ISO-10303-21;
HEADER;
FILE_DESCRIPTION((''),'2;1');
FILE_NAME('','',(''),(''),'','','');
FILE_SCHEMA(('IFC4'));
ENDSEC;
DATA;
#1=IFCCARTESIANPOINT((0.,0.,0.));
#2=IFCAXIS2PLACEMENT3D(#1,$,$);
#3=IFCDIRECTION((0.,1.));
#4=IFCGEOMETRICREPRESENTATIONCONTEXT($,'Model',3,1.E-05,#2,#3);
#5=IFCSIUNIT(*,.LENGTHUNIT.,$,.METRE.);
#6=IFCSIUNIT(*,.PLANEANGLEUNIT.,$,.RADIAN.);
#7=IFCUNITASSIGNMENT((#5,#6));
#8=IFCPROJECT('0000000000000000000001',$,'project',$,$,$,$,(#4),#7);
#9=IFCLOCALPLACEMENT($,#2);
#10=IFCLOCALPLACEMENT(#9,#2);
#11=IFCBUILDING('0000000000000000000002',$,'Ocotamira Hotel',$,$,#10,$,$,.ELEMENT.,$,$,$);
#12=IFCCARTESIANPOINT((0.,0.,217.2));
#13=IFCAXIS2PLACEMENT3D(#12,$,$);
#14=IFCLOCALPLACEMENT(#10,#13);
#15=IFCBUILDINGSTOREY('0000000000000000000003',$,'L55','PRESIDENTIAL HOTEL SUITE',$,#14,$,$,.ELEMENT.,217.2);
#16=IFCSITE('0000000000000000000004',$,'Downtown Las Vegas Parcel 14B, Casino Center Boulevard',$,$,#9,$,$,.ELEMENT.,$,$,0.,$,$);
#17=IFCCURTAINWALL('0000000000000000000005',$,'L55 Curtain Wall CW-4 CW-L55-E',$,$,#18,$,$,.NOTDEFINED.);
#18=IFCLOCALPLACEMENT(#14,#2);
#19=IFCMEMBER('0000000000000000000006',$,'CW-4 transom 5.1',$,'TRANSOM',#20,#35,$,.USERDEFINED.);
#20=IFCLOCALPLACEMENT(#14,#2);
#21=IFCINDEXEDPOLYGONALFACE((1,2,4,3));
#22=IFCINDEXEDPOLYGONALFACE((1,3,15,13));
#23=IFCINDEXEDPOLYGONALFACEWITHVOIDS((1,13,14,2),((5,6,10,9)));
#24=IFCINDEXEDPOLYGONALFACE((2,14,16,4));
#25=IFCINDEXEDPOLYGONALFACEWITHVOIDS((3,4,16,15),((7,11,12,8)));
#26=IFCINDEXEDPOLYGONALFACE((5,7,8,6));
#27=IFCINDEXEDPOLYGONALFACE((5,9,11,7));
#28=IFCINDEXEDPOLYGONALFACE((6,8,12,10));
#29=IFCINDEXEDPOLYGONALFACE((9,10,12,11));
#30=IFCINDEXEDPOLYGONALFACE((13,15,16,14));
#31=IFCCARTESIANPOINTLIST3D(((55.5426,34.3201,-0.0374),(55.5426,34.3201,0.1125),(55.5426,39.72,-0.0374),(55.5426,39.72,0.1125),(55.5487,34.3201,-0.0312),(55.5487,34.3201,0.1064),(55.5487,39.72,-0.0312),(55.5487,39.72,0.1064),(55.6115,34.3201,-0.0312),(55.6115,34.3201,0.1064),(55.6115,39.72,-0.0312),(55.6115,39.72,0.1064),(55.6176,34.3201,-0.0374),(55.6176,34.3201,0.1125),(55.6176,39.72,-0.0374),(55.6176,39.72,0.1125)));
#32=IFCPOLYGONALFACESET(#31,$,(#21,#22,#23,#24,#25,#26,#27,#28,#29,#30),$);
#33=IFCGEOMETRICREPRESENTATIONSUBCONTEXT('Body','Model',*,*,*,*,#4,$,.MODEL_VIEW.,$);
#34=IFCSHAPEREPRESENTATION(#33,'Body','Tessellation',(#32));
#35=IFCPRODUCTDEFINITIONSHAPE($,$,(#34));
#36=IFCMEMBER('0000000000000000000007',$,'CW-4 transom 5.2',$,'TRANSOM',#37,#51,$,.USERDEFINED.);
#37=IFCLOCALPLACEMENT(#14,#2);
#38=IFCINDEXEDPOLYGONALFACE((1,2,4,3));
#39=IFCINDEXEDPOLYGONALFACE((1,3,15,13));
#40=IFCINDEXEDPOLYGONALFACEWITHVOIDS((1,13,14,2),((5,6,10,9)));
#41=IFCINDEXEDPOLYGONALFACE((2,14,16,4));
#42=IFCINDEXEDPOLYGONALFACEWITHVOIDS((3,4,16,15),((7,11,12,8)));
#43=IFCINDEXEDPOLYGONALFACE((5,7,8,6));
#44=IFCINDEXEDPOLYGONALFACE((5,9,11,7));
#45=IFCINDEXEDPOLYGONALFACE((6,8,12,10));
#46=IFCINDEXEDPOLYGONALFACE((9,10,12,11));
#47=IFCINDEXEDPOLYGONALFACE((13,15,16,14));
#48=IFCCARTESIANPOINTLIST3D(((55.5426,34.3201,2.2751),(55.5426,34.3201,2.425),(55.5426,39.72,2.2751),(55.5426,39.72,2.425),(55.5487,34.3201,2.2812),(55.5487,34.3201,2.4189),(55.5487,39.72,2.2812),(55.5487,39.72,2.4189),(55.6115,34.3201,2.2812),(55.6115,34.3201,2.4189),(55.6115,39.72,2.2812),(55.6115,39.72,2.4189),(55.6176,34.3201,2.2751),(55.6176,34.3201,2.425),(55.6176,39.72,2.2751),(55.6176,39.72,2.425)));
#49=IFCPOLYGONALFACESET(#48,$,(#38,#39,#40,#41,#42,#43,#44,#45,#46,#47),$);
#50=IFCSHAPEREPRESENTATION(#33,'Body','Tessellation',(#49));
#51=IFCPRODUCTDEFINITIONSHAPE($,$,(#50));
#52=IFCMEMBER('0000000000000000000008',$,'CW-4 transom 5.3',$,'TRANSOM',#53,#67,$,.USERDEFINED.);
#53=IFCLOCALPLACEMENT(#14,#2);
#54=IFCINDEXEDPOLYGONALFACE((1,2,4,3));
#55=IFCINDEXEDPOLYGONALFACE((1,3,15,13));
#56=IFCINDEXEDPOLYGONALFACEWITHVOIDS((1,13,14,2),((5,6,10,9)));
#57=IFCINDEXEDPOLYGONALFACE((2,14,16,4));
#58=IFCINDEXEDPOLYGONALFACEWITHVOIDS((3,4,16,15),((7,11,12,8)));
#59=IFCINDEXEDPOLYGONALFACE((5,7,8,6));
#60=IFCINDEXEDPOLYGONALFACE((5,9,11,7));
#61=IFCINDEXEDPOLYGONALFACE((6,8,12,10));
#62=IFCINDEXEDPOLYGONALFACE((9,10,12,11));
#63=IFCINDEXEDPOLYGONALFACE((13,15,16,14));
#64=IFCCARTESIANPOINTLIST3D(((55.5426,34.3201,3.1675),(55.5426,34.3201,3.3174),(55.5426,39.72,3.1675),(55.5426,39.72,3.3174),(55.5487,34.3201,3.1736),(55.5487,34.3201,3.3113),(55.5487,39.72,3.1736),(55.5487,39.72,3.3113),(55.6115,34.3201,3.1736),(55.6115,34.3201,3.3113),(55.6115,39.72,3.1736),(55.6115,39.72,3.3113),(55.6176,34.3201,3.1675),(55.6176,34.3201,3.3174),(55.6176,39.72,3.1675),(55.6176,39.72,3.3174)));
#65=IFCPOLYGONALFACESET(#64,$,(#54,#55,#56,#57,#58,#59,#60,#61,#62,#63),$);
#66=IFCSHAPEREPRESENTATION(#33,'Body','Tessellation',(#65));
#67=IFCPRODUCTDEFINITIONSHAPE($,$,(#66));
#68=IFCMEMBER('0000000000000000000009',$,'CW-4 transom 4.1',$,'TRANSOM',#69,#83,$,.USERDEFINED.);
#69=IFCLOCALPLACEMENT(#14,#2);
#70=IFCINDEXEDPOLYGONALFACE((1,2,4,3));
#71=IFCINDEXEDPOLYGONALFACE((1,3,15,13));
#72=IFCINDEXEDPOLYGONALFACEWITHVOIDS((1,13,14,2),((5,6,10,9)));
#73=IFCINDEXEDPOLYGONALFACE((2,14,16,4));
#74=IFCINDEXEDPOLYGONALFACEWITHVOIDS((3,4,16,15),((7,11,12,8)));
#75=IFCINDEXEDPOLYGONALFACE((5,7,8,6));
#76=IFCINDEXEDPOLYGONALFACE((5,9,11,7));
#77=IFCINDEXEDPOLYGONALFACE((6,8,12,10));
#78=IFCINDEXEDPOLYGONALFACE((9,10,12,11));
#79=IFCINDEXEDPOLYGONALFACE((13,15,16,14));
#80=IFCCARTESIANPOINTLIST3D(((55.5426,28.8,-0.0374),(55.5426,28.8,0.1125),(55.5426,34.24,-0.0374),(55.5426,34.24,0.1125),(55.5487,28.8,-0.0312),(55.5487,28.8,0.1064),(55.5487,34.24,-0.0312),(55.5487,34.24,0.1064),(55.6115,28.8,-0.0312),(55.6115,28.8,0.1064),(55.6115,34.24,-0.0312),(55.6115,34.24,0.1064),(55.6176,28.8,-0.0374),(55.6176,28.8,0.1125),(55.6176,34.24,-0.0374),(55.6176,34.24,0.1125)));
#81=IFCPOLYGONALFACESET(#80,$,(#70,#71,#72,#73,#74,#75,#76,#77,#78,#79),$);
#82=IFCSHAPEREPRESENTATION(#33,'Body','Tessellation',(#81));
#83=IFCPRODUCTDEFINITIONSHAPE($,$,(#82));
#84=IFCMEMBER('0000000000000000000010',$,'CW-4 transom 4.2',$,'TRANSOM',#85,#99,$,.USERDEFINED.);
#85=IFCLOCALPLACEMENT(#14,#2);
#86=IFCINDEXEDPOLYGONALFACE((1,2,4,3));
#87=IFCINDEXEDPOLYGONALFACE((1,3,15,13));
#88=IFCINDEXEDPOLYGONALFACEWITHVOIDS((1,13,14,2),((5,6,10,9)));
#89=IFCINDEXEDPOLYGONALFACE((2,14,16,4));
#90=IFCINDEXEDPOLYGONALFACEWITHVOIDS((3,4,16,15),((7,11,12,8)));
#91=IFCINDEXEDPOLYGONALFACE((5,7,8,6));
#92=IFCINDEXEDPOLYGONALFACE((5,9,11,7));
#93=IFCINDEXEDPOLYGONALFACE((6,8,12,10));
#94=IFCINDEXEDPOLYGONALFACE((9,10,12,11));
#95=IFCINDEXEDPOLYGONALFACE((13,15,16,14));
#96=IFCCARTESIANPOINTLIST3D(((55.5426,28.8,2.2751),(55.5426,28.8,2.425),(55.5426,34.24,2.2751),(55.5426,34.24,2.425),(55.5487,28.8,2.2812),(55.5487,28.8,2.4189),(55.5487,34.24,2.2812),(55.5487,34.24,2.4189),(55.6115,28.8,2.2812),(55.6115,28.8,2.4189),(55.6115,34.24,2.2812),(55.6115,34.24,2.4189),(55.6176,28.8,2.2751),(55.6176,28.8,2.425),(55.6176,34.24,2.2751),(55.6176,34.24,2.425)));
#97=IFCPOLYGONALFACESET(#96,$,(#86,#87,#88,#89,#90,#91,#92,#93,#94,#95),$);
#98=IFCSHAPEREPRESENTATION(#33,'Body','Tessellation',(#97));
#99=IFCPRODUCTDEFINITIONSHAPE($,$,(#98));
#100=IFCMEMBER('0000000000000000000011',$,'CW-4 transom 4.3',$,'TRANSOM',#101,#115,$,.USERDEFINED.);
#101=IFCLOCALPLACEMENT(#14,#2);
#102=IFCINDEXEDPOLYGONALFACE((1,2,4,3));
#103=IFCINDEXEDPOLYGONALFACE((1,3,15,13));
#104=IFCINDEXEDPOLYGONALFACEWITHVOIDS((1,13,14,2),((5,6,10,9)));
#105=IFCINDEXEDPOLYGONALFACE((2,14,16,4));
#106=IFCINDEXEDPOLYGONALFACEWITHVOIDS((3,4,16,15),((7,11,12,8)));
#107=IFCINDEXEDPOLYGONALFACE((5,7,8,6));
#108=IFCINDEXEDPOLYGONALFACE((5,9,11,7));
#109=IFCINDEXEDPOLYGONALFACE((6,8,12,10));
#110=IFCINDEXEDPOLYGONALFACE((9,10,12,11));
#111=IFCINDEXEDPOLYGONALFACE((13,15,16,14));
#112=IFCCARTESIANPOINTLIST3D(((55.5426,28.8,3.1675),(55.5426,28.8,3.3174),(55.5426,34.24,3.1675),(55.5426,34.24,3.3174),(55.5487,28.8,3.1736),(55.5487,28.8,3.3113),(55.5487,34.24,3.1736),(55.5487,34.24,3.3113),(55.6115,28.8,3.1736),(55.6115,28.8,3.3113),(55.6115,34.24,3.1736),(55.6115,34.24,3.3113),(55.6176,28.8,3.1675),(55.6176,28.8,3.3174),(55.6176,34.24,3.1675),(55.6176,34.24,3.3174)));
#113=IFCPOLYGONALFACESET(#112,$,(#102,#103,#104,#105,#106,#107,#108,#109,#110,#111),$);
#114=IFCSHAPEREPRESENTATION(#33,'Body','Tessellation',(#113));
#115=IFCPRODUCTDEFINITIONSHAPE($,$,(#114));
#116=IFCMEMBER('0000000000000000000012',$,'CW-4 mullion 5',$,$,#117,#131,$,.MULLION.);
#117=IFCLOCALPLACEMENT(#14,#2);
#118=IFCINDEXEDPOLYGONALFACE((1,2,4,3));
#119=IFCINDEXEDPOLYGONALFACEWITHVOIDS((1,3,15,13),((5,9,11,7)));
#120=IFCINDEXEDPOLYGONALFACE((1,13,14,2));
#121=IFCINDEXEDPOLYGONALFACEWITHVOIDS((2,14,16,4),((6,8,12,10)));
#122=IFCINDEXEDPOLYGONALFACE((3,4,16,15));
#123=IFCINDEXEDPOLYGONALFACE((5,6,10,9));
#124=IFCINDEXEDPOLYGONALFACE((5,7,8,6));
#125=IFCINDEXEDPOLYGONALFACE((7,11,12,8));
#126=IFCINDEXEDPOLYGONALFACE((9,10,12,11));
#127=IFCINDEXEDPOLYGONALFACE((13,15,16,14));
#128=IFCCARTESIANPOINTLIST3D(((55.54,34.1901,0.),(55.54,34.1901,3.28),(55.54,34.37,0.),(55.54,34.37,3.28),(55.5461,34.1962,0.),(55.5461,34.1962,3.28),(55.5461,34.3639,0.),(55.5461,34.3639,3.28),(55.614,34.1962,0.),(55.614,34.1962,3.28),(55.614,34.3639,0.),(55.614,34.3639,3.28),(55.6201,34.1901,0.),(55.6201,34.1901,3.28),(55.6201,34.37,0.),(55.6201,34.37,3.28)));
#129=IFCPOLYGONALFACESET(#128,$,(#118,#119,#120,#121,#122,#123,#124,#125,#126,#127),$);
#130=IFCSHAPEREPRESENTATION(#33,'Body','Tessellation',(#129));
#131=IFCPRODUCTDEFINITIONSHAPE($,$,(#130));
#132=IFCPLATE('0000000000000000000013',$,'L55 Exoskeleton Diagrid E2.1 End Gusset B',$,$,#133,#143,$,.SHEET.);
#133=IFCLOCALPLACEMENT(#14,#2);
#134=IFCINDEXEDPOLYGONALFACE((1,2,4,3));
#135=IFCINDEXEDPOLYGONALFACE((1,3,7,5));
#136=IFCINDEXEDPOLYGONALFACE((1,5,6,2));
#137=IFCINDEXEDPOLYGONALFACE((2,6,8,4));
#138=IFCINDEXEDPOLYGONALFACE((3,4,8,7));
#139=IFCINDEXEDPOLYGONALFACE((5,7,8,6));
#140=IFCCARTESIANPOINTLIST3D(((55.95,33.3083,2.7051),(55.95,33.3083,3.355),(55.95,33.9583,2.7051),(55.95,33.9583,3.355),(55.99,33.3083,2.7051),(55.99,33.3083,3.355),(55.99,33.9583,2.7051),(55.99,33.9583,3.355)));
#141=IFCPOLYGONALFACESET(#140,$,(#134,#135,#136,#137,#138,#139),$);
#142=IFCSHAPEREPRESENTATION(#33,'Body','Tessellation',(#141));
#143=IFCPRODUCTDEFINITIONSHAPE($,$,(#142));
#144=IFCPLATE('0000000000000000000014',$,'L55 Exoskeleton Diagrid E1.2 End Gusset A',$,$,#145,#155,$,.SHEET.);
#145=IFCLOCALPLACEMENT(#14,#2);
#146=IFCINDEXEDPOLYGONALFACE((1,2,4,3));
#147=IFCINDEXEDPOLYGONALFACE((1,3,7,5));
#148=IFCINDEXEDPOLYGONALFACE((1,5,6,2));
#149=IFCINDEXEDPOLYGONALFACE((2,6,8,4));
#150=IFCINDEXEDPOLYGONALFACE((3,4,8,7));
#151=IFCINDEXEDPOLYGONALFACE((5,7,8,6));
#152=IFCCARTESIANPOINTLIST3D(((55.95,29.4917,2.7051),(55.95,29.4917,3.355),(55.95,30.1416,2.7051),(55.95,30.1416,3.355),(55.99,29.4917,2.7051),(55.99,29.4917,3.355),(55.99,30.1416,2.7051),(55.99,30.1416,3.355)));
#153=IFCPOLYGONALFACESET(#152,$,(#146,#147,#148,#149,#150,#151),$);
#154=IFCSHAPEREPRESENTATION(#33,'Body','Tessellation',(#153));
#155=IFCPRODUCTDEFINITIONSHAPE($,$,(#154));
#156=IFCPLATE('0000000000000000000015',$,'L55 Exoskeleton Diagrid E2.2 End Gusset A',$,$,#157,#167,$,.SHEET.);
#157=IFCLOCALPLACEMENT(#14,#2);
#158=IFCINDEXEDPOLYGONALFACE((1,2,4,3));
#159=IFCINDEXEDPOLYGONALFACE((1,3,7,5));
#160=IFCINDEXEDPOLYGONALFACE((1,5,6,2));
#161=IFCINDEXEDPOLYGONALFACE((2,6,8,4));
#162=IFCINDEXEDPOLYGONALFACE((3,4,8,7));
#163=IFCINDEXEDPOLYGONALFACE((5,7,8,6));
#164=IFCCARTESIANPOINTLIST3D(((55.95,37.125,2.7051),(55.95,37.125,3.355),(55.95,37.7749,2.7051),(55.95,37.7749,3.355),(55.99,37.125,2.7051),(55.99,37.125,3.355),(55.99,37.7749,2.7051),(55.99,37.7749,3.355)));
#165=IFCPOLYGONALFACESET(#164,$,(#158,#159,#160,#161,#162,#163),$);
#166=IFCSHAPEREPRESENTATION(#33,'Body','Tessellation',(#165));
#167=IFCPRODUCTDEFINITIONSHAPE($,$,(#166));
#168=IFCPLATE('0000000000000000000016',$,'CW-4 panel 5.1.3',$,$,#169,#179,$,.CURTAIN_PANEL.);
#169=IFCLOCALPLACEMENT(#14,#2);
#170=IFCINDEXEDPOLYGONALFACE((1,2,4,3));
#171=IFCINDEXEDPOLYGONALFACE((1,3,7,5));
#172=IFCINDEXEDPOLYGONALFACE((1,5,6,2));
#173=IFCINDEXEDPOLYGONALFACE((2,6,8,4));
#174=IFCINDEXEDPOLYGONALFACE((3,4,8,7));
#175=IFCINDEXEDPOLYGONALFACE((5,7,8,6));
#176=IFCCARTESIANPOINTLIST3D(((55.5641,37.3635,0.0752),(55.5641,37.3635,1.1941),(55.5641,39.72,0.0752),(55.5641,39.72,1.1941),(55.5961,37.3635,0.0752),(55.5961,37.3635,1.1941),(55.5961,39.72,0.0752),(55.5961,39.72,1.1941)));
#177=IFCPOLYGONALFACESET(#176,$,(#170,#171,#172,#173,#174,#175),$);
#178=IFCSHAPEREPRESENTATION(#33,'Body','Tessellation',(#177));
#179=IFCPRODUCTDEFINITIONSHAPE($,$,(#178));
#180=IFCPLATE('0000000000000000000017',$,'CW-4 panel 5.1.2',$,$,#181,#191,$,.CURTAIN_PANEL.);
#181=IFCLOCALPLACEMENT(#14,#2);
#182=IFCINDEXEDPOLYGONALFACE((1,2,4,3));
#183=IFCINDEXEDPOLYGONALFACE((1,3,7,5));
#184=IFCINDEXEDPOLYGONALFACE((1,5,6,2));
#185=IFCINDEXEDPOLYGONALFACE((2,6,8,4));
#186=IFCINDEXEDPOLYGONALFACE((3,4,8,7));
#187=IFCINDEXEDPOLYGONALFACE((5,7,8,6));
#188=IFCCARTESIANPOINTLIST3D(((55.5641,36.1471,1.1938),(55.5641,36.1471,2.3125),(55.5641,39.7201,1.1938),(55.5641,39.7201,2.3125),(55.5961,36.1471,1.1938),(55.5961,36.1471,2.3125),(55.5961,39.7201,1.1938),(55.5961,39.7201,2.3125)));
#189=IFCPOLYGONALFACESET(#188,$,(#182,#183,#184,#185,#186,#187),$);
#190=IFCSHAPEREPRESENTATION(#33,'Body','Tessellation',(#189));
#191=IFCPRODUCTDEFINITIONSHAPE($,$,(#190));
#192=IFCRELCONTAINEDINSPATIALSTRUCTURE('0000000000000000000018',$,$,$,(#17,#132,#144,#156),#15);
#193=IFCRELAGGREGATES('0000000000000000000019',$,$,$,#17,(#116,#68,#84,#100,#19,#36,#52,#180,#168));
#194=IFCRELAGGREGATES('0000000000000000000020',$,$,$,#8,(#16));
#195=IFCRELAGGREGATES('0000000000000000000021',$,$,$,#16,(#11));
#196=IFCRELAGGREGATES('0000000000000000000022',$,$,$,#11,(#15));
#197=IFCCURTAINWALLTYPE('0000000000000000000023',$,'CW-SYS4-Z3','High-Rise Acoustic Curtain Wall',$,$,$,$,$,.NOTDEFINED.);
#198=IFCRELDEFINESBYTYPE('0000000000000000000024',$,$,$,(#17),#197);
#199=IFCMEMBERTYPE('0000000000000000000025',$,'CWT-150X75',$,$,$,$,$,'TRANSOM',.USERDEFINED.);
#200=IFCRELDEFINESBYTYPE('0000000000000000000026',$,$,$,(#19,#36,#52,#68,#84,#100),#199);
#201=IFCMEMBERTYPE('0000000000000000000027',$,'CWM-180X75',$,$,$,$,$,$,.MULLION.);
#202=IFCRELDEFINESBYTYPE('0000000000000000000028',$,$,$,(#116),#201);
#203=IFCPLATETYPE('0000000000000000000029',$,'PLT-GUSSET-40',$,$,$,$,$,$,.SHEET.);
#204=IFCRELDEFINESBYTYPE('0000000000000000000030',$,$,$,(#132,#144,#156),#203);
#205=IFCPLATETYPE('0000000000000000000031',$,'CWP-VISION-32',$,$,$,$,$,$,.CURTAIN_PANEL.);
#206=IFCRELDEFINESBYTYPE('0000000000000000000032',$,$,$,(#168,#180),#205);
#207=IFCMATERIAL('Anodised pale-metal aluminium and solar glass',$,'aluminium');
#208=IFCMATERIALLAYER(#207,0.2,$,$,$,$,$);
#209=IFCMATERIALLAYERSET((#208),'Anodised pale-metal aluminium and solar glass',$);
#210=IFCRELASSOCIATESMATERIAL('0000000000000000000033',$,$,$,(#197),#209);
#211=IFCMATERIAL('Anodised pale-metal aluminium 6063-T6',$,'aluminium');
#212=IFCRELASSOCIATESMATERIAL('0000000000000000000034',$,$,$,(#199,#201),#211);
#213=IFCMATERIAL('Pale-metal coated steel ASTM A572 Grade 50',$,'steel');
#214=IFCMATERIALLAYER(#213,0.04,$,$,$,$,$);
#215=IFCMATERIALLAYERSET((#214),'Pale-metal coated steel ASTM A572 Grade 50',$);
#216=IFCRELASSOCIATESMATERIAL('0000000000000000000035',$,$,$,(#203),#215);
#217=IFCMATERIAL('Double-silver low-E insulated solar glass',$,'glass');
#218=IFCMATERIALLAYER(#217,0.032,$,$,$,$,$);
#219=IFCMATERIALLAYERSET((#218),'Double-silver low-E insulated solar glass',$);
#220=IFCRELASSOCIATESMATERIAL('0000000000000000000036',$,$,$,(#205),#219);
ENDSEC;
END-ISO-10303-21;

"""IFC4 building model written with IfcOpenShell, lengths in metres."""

from ifc_helpers import new_model, si_unit, direction, frame, origin, origin_2d, place, context, subcontext, project, spatial, rectangle, hollow_rectangle, extrude, source, transform, mapped, material, layer, layer_set, material_profile, profile_set, type_object, element, aggregate, save


model = new_model("IFC4")

# Units and contexts
model_context = context("Model", 3, precision=1e-05, world=origin(), true_north=direction((0.0, 1.0)))
body_context = subcontext(model_context, "Body", "Model", "MODEL_VIEW")
ifc_project = project(units=[si_unit("LENGTHUNIT", "METRE"), si_unit("PLANEANGLEUNIT", "RADIAN")], contexts=[model_context])

# Site, building, storey
site_placement = place(None, origin())
site = spatial("IfcSite", under=ifc_project, at=site_placement, Name="Downtown Las Vegas Parcel 14B, Casino Center Boulevard", CompositionType="ELEMENT", RefElevation=0.0)
building_placement = place(site_placement, origin())
building = spatial("IfcBuilding", under=site, at=building_placement, Name="Ocotamira Hotel", CompositionType="ELEMENT")
storey_placement = place(building_placement, frame((0.0, 0.0, 217.2)))
storey = spatial("IfcBuildingStorey", under=building, at=storey_placement, Name="L55", Description="PRESIDENTIAL HOTEL SUITE", CompositionType="ELEMENT", Elevation=217.2)

# Curtain wall, members
ifc_material_1 = material(Name="Anodised pale-metal aluminium and solar glass", Category="aluminium")
ifc_layer_1 = layer(ifc_material_1, 0.2)
ifc_layer_set_1 = layer_set([ifc_layer_1], Name="Anodised pale-metal aluminium and solar glass")
curtain_wall_type = type_object("IfcCurtainWallType", Name="CW-SYS4-Z3", Description="High-Rise Acoustic Curtain Wall", PredefinedType="NOTDEFINED", material=ifc_layer_set_1)
curtain_wall_placement = place(storey_placement, origin())
curtain_wall = element("IfcCurtainWall", 1, at=curtain_wall_placement, inside=storey, type_object=curtain_wall_type, Name="L55 Curtain Wall CW-4 CW-L55-E", PredefinedType="NOTDEFINED")
ifc_material_2 = material(Name="Anodised pale-metal aluminium 6063-T6", Category="aluminium")
ifc_material_profile_1 = material_profile(ifc_material_2, hollow_rectangle(XDim=0.075, YDim=0.1499, WallThickness=0.0061, at=origin_2d()), Name="HSS150X75X6")
ifc_profile_set_1 = profile_set([ifc_material_profile_1], Name="Anodised pale-metal aluminium 6063-T6")
member_type_1 = type_object("IfcMemberType", Name="CWT-150X75", ElementType="TRANSOM", PredefinedType="USERDEFINED", material=ifc_profile_set_1)
shared_shape_1 = source(origin(), body_context, "Body", "SweptSolid", [
    extrude(hollow_rectangle(XDim=0.075, YDim=0.1499, WallThickness=0.0061, at=origin_2d()), origin(), (0.0, 0.0, 1.0), 5.3999),
])
member_1_placement = place(storey_placement, frame((55.5801, 34.3201, 0.0376), z_axis=(0.0, 1.0, 0.0), x_axis=(-1.0, 0.0, 0.0)))
member_1 = element("IfcMember", 2, at=member_1_placement, type_object=member_type_1, Name="CW-4 transom 5.1", ObjectType="TRANSOM", PredefinedType="USERDEFINED", context=body_context, shape_type="MappedRepresentation", body=[
    mapped(shared_shape_1, transform((0.0, 0.0, 0.0), scale=1.0)),
])
member_2_placement = place(storey_placement, frame((55.5801, 34.3201, 2.3501), z_axis=(0.0, 1.0, 0.0), x_axis=(-1.0, 0.0, 0.0)))
member_2 = element("IfcMember", 3, at=member_2_placement, type_object=member_type_1, Name="CW-4 transom 5.2", ObjectType="TRANSOM", PredefinedType="USERDEFINED", context=body_context, shape_type="MappedRepresentation", body=[
    mapped(shared_shape_1, transform((0.0, 0.0, 0.0), scale=1.0)),
])
member_3_placement = place(storey_placement, frame((55.5801, 34.3201, 3.2424), z_axis=(0.0, 1.0, 0.0), x_axis=(-1.0, 0.0, 0.0)))
member_3 = element("IfcMember", 4, at=member_3_placement, type_object=member_type_1, Name="CW-4 transom 5.3", ObjectType="TRANSOM", PredefinedType="USERDEFINED", context=body_context, shape_type="MappedRepresentation", body=[
    mapped(shared_shape_1, transform((0.0, 0.0, 0.0), scale=1.0)),
])
shared_shape_2 = source(origin(), body_context, "Body", "SweptSolid", [
    extrude(hollow_rectangle(XDim=0.075, YDim=0.1499, WallThickness=0.0061, at=origin_2d()), origin(), (0.0, 0.0, 1.0), 5.4399),
])
member_4_placement = place(storey_placement, frame((55.5801, 28.8, 0.0376), z_axis=(0.0, 1.0, 0.0), x_axis=(-1.0, 0.0, 0.0)))
member_4 = element("IfcMember", 5, at=member_4_placement, type_object=member_type_1, Name="CW-4 transom 4.1", ObjectType="TRANSOM", PredefinedType="USERDEFINED", context=body_context, shape_type="MappedRepresentation", body=[
    mapped(shared_shape_2, transform((0.0, 0.0, 0.0), scale=1.0)),
])
member_5_placement = place(storey_placement, frame((55.5801, 28.8, 2.3501), z_axis=(0.0, 1.0, 0.0), x_axis=(-1.0, 0.0, 0.0)))
member_5 = element("IfcMember", 6, at=member_5_placement, type_object=member_type_1, Name="CW-4 transom 4.2", ObjectType="TRANSOM", PredefinedType="USERDEFINED", context=body_context, shape_type="MappedRepresentation", body=[
    mapped(shared_shape_2, transform((0.0, 0.0, 0.0), scale=1.0)),
])
member_6_placement = place(storey_placement, frame((55.5801, 28.8, 3.2424), z_axis=(0.0, 1.0, 0.0), x_axis=(-1.0, 0.0, 0.0)))
member_6 = element("IfcMember", 7, at=member_6_placement, type_object=member_type_1, Name="CW-4 transom 4.3", ObjectType="TRANSOM", PredefinedType="USERDEFINED", context=body_context, shape_type="MappedRepresentation", body=[
    mapped(shared_shape_2, transform((0.0, 0.0, 0.0), scale=1.0)),
])
ifc_material_profile_2 = material_profile(ifc_material_2, hollow_rectangle(XDim=0.0801, YDim=0.1799, WallThickness=0.0061, at=origin_2d()), Name="HSS180X80X6")
ifc_profile_set_2 = profile_set([ifc_material_profile_2], Name="Anodised pale-metal aluminium 6063-T6")
member_type_2 = type_object("IfcMemberType", Name="CWM-180X75", PredefinedType="MULLION", material=ifc_profile_set_2)
shared_shape_3 = source(origin(), body_context, "Body", "SweptSolid", [
    extrude(hollow_rectangle(XDim=0.0801, YDim=0.1799, WallThickness=0.0061, at=origin_2d()), origin(), (0.0, 0.0, 1.0), 3.28),
])
member_7_placement = place(storey_placement, frame((55.5801, 34.28, 0.0), z_axis=(0.0, 0.0, 1.0), x_axis=(-1.0, 0.0, 0.0)))
member_7 = element("IfcMember", 8, at=member_7_placement, type_object=member_type_2, Name="CW-4 mullion 5", PredefinedType="MULLION", context=body_context, shape_type="MappedRepresentation", body=[
    mapped(shared_shape_3, transform((0.0, 0.0, 0.0), scale=1.0)),
])

# Plates
ifc_material_3 = material(Name="Pale-metal coated steel ASTM A572 Grade 50", Category="steel")
ifc_layer_2 = layer(ifc_material_3, 0.04)
ifc_layer_set_2 = layer_set([ifc_layer_2], Name="Pale-metal coated steel ASTM A572 Grade 50")
plate_type_1 = type_object("IfcPlateType", Name="PLT-GUSSET-40", PredefinedType="SHEET", material=ifc_layer_set_2)
shared_shape_4 = source(origin(), body_context, "Body", "SweptSolid", [
    extrude(rectangle(XDim=0.04, YDim=0.6499, at=origin_2d()), origin(), (0.0, 0.0, 1.0), 0.6499),
])
for number, where, z_axis, x_axis, name in (
    (9, (55.97, 33.6333, 2.7051), (0.0, 0.0, 1.0), (1.0, 0.0, 0.0), "L55 Exoskeleton Diagrid E2.1 End Gusset B"),
    (10, (55.97, 29.8167, 2.7051), (0.0, 0.0, 1.0), (1.0, 0.0, 0.0), "L55 Exoskeleton Diagrid E1.2 End Gusset A"),
    (11, (55.97, 37.45, 2.7051), (0.0, 0.0, 1.0), (1.0, 0.0, 0.0), "L55 Exoskeleton Diagrid E2.2 End Gusset A"),
):
    element("IfcPlate", number, at=place(storey_placement, frame(where, z_axis=z_axis, x_axis=x_axis)), inside=storey, type_object=plate_type_1, Name=name, PredefinedType="SHEET", context=body_context, shape_type="MappedRepresentation", body=[
        mapped(shared_shape_4, transform((0.0, 0.0, 0.0), scale=1.0)),
    ])

# Plates
ifc_material_4 = material(Name="Double-silver low-E insulated solar glass", Category="glass")
ifc_layer_3 = layer(ifc_material_4, 0.032)
ifc_layer_set_3 = layer_set([ifc_layer_3], Name="Double-silver low-E insulated solar glass")
plate_type_2 = type_object("IfcPlateType", Name="CWP-VISION-32", PredefinedType="CURTAIN_PANEL", material=ifc_layer_set_3)
shared_shape_5 = source(origin(), body_context, "Body", "SweptSolid", [
    extrude(rectangle(XDim=2.3564, YDim=0.032, at=origin_2d()), origin(), (0.0, 0.0, 1.0), 1.1189),
])
plate_1_placement = place(storey_placement, frame((55.5801, 38.5417, 0.0752), z_axis=(0.0, 0.0, 1.0), x_axis=(0.0, 1.0, 0.0)))
plate_1 = element("IfcPlate", 12, at=plate_1_placement, type_object=plate_type_2, Name="CW-4 panel 5.1.3", PredefinedType="CURTAIN_PANEL", context=body_context, shape_type="MappedRepresentation", body=[
    mapped(shared_shape_5, transform((0.0, 0.0, 0.0), scale=1.0)),
])
shared_shape_6 = source(origin(), body_context, "Body", "SweptSolid", [
    extrude(rectangle(XDim=3.573, YDim=0.032, at=origin_2d()), origin(), (0.0, 0.0, 1.0), 1.1187),
])
plate_2_placement = place(storey_placement, frame((55.5801, 37.9336, 1.1938), z_axis=(0.0, 0.0, 1.0), x_axis=(0.0, 1.0, 0.0)))
plate_2 = element("IfcPlate", 13, at=plate_2_placement, type_object=plate_type_2, Name="CW-4 panel 5.1.2", PredefinedType="CURTAIN_PANEL", context=body_context, shape_type="MappedRepresentation", body=[
    mapped(shared_shape_6, transform((0.0, 0.0, 0.0), scale=1.0)),
])
aggregate(curtain_wall, [member_7, member_4, member_5, member_6, member_1, member_2, member_3, plate_2, plate_1])

save(model, "model.ifc")
